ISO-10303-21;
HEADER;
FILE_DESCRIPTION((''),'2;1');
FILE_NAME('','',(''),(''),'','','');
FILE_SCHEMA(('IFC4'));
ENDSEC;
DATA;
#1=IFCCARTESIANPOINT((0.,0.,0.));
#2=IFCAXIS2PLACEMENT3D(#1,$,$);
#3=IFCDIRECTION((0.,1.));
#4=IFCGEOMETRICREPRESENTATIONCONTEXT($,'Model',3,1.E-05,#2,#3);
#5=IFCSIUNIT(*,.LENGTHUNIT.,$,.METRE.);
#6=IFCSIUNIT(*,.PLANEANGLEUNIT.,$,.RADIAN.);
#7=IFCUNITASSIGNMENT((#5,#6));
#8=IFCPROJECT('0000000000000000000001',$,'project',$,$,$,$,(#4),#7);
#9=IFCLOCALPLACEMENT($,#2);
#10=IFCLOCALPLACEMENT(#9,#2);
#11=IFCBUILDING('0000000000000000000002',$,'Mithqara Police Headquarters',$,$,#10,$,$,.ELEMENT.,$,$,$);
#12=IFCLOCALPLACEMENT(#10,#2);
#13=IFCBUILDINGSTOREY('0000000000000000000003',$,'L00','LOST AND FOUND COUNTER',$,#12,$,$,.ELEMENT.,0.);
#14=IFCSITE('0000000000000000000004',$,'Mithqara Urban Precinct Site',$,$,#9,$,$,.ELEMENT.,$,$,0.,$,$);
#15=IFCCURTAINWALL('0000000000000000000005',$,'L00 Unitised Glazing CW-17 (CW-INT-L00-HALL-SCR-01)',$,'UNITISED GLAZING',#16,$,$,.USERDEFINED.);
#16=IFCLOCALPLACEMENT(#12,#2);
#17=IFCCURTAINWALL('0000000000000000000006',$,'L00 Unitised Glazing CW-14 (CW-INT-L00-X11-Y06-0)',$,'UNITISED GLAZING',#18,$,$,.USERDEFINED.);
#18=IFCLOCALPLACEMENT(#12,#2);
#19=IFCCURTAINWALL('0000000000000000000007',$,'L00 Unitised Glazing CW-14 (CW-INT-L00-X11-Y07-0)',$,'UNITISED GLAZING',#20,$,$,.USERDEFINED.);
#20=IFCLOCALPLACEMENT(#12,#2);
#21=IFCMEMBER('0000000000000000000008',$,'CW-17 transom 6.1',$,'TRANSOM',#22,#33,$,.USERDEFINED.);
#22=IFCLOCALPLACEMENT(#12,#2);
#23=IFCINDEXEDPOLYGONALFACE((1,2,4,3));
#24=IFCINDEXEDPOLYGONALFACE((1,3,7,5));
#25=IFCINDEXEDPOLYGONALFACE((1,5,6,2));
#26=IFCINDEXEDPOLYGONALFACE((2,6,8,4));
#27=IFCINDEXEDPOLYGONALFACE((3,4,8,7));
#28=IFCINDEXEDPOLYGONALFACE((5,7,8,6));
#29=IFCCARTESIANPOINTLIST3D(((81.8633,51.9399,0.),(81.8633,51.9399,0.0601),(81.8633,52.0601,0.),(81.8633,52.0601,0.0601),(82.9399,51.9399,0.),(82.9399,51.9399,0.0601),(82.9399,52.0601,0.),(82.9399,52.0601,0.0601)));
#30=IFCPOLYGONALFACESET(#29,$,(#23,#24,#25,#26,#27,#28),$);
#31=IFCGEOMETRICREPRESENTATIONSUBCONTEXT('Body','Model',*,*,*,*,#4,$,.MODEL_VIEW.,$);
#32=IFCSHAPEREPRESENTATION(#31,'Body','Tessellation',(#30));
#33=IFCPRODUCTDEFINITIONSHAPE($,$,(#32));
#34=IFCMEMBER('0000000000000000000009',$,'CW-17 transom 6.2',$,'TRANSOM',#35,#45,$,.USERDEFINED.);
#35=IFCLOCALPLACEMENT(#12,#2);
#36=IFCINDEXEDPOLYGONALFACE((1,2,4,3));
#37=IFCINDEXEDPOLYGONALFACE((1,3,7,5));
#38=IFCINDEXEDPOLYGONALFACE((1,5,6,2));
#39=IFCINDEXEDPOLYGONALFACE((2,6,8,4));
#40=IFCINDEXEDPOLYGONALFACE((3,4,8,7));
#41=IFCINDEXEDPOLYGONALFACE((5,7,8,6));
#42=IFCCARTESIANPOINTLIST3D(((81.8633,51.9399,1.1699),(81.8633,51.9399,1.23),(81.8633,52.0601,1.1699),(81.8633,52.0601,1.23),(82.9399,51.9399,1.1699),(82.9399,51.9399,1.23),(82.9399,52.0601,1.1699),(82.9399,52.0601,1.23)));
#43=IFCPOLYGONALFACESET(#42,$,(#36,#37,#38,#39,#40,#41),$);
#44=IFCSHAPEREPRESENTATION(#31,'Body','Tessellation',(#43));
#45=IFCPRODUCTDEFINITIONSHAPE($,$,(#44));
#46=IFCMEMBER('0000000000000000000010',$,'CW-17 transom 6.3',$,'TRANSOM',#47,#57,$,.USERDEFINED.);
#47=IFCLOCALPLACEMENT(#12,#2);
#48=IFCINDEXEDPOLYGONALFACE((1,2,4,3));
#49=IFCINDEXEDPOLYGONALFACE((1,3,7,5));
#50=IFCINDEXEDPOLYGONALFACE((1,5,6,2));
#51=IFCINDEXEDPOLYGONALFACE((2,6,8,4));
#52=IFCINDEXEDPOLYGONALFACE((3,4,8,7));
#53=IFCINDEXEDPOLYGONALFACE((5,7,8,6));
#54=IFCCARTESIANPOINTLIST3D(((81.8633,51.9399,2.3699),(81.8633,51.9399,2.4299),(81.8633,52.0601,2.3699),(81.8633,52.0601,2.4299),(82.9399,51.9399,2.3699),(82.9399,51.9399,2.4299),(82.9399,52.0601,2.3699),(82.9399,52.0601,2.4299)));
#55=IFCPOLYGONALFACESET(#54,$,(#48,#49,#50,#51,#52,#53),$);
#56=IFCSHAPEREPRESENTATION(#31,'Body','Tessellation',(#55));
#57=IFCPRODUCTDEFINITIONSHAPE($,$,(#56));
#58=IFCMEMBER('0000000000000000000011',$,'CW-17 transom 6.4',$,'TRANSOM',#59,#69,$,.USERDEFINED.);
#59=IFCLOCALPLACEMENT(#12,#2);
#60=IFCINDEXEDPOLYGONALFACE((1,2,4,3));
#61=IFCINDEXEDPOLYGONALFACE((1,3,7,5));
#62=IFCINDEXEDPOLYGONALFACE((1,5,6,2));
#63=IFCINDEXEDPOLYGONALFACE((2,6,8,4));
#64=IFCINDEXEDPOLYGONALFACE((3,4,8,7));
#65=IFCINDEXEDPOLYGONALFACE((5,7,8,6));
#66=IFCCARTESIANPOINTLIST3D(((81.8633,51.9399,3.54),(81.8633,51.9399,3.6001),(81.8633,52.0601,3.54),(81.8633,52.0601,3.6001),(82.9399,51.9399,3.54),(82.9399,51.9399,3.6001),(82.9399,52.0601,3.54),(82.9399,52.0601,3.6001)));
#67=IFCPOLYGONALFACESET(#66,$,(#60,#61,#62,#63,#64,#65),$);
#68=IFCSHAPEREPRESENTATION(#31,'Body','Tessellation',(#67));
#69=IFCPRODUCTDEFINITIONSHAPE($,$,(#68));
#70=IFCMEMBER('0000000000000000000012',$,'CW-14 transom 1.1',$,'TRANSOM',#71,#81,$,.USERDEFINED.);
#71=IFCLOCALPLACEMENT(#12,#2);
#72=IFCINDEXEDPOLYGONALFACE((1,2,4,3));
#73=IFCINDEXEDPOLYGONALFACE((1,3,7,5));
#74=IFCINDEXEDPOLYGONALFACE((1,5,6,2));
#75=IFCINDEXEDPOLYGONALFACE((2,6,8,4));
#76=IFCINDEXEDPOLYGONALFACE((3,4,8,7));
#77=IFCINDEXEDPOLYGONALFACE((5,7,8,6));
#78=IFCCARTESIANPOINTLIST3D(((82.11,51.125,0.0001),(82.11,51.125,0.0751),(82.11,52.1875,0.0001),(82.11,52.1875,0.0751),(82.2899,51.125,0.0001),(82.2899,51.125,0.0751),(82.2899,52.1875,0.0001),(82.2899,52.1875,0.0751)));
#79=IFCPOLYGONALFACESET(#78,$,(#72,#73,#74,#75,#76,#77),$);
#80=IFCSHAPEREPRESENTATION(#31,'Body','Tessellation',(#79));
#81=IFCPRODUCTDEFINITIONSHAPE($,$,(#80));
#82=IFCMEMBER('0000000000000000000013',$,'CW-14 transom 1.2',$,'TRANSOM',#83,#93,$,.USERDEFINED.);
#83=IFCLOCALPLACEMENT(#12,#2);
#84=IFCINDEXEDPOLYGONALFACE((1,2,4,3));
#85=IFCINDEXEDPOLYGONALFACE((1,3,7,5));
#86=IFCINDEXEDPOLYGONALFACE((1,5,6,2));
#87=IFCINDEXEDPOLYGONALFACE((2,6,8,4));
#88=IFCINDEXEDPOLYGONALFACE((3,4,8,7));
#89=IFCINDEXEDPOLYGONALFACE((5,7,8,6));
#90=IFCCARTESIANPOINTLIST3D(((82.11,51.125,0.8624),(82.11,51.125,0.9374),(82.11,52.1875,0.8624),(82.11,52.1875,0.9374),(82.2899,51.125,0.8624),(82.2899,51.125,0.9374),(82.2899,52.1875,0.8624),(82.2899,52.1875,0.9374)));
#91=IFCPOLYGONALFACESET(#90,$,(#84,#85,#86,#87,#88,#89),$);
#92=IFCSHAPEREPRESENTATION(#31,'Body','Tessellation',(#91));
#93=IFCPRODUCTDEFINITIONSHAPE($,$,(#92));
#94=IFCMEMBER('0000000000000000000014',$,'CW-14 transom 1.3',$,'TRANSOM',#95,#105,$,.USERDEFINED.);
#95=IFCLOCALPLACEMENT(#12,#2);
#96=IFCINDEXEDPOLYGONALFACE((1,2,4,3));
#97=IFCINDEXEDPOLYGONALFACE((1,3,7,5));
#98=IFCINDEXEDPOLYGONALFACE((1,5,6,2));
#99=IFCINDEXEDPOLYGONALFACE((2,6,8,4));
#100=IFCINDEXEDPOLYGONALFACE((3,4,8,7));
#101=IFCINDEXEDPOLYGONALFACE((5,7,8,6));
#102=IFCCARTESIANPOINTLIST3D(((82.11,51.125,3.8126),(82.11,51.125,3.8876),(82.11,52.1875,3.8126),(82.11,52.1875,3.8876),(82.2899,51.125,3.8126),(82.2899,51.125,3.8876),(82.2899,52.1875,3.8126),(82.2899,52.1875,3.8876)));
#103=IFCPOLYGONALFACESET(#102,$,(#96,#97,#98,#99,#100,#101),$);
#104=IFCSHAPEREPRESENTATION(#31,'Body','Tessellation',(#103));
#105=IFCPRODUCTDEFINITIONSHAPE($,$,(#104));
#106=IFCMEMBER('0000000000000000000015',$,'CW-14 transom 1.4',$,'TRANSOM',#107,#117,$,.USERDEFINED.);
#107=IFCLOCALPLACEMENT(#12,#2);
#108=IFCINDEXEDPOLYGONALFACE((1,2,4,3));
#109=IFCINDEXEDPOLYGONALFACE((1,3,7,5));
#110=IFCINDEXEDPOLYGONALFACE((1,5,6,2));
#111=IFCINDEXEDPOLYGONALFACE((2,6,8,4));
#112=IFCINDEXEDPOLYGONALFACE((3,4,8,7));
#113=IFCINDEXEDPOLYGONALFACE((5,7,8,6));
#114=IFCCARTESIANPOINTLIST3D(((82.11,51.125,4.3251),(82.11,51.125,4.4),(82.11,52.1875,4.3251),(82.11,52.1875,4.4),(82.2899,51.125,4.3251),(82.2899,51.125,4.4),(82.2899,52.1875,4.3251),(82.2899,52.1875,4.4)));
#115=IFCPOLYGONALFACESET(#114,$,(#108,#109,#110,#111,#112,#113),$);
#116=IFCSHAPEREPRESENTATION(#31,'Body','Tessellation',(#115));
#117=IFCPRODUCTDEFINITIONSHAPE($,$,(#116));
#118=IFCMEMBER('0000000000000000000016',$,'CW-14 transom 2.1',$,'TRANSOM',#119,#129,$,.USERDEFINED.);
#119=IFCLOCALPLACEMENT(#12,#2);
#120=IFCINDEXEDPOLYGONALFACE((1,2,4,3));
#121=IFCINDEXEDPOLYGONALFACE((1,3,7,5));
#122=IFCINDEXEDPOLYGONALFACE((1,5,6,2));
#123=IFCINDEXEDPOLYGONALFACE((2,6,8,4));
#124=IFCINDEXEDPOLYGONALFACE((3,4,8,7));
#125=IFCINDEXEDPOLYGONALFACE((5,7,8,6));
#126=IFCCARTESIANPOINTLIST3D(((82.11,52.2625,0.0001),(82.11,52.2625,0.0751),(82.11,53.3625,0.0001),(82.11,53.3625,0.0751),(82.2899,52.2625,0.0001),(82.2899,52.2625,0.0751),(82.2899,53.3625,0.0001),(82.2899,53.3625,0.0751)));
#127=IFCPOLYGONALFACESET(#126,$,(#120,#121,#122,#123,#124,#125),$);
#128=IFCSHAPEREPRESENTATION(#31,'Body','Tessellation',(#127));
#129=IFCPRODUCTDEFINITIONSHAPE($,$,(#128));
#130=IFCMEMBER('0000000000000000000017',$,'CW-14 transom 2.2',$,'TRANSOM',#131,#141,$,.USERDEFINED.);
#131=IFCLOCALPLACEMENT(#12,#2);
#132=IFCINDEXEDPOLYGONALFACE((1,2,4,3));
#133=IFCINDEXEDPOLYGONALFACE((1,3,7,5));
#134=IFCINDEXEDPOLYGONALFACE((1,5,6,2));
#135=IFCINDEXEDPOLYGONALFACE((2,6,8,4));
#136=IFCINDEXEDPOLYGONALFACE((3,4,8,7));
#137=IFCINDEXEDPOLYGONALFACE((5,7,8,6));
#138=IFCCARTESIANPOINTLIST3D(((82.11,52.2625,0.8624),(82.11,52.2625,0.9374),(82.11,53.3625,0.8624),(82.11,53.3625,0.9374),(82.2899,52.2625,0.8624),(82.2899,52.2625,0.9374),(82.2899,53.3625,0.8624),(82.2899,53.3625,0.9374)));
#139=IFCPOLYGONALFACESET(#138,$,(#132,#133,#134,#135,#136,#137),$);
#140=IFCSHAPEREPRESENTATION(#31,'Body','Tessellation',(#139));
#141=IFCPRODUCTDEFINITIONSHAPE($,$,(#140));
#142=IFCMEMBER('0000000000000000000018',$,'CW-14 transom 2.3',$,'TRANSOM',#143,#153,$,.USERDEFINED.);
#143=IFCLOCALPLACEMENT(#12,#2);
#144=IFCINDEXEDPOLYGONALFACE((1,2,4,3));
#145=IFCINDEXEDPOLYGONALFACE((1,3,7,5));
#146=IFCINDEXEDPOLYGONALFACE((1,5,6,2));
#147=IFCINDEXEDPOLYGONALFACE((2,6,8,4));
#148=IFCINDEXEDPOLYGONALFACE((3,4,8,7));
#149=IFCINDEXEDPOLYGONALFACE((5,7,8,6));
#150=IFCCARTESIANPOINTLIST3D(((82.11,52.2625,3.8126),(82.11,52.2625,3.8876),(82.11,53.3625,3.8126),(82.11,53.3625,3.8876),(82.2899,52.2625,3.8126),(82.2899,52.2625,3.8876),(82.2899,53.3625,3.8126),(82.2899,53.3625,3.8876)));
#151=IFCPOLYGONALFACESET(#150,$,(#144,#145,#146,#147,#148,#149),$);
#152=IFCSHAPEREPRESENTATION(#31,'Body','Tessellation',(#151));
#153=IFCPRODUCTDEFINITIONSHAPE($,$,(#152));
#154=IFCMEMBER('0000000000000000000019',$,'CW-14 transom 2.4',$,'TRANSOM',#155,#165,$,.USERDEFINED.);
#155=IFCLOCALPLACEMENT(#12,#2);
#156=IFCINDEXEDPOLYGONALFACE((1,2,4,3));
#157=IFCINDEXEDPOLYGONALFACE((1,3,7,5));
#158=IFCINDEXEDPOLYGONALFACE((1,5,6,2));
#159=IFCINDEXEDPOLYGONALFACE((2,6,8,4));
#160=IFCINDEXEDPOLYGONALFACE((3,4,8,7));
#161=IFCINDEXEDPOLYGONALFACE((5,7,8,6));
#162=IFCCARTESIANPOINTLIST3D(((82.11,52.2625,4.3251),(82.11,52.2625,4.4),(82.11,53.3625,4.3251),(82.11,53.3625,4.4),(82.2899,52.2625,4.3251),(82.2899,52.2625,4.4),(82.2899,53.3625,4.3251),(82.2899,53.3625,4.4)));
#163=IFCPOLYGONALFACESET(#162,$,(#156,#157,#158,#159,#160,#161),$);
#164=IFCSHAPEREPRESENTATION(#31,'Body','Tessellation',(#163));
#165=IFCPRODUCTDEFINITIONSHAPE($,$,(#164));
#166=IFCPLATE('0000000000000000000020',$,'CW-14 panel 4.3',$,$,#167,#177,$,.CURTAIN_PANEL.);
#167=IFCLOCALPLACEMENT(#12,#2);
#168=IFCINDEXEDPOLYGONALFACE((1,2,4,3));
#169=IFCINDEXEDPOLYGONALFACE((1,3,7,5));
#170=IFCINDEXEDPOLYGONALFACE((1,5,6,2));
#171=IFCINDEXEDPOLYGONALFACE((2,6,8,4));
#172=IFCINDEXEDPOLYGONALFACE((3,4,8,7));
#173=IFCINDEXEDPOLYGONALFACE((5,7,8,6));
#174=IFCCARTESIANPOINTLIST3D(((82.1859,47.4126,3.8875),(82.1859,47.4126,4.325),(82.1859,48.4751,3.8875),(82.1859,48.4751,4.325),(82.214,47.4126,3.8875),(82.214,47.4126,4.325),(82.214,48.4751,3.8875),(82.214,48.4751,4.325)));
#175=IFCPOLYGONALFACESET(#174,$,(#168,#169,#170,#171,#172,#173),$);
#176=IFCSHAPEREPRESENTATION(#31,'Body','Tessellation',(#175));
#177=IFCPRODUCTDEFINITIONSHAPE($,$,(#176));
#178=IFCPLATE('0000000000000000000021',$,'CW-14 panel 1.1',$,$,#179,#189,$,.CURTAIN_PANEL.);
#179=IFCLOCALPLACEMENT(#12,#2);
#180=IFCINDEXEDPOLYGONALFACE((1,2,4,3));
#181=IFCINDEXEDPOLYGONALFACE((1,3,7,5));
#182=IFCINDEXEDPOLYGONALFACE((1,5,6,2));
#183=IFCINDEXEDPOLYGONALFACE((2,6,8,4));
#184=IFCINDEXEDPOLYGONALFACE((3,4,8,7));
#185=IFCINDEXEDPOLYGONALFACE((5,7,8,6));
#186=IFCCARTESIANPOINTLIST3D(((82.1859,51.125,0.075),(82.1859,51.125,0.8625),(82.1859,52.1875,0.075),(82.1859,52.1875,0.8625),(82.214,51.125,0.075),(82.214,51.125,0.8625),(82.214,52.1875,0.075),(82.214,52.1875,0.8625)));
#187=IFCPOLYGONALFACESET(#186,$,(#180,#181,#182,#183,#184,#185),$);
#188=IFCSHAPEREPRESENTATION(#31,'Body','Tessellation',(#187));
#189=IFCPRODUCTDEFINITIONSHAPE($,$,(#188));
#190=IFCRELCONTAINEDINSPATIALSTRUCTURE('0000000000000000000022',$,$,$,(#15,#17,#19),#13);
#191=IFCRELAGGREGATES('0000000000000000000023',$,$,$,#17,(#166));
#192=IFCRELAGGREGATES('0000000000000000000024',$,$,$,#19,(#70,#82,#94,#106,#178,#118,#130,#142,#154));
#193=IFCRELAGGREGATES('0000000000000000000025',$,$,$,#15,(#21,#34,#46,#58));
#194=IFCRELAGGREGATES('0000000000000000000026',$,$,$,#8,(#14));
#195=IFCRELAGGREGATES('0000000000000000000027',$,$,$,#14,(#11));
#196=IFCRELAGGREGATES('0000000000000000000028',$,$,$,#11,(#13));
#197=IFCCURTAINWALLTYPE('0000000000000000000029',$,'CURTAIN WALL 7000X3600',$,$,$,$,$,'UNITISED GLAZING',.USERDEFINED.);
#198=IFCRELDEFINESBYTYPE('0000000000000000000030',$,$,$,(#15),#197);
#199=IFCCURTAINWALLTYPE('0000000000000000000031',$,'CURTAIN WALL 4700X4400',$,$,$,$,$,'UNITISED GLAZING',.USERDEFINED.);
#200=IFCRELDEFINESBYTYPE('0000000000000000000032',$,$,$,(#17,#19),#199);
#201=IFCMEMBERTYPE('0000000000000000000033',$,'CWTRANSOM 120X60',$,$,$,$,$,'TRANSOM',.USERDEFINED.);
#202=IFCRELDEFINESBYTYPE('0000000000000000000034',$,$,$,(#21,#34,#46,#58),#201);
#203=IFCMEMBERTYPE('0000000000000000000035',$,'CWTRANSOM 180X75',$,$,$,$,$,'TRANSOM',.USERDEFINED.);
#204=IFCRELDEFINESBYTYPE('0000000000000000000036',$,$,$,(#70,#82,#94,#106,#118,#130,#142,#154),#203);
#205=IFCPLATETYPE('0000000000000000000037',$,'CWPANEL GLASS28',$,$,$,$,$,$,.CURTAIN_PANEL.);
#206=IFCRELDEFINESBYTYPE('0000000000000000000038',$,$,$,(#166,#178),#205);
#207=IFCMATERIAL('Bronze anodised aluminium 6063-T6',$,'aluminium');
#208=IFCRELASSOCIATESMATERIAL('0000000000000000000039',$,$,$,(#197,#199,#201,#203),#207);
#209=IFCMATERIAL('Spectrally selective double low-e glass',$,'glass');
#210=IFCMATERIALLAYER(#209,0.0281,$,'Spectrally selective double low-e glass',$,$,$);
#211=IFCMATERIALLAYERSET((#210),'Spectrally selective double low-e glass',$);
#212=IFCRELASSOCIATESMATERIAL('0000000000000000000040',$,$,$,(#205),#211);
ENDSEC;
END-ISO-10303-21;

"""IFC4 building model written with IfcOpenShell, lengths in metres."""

from ifc_helpers import new_model, si_unit, direction, frame, origin, origin_2d, place, context, subcontext, project, spatial, rectangle, extrude, material, layer, layer_set, material_profile, profile_set, type_object, element, aggregate, save


model = new_model("IFC4")

# Units and contexts
model_context = context("Model", 3, precision=1e-05, world=origin(), true_north=direction((0.0, 1.0)))
body_context = subcontext(model_context, "Body", "Model", "MODEL_VIEW")
ifc_project = project(units=[si_unit("LENGTHUNIT", "METRE"), si_unit("PLANEANGLEUNIT", "RADIAN")], contexts=[model_context])

# Site, building, storey
site_placement = place(None, origin())
site = spatial("IfcSite", under=ifc_project, at=site_placement, Name="Mithqara Urban Precinct Site", CompositionType="ELEMENT", RefElevation=0.0)
building_placement = place(site_placement, origin())
building = spatial("IfcBuilding", under=site, at=building_placement, Name="Mithqara Police Headquarters", CompositionType="ELEMENT")
storey_placement = place(building_placement, origin())
storey = spatial("IfcBuildingStorey", under=building, at=storey_placement, Name="L00", Description="LOST AND FOUND COUNTER", CompositionType="ELEMENT", Elevation=0.0)

# Curtain wall
ifc_material_1 = material(Name="Bronze anodised aluminium 6063-T6", Category="aluminium")
curtain_wall_type_1 = type_object("IfcCurtainWallType", Name="CURTAIN WALL 7000X3600", ElementType="UNITISED GLAZING", PredefinedType="USERDEFINED", material=ifc_material_1)
curtain_wall_1_placement = place(storey_placement, origin())
curtain_wall_1 = element("IfcCurtainWall", 1, at=curtain_wall_1_placement, inside=storey, type_object=curtain_wall_type_1, Name="L00 Unitised Glazing CW-17 (CW-INT-L00-HALL-SCR-01)", ObjectType="UNITISED GLAZING", PredefinedType="USERDEFINED")

# Curtain wall
curtain_wall_type_2 = type_object("IfcCurtainWallType", Name="CURTAIN WALL 4700X4400", ElementType="UNITISED GLAZING", PredefinedType="USERDEFINED", material=ifc_material_1)
curtain_wall_2_placement = place(storey_placement, origin())
curtain_wall_2 = element("IfcCurtainWall", 2, at=curtain_wall_2_placement, inside=storey, type_object=curtain_wall_type_2, Name="L00 Unitised Glazing CW-14 (CW-INT-L00-X11-Y06-0)", ObjectType="UNITISED GLAZING", PredefinedType="USERDEFINED")

# Curtain wall
curtain_wall_3_placement = place(storey_placement, origin())
curtain_wall_3 = element("IfcCurtainWall", 3, at=curtain_wall_3_placement, inside=storey, type_object=curtain_wall_type_2, Name="L00 Unitised Glazing CW-14 (CW-INT-L00-X11-Y07-0)", ObjectType="UNITISED GLAZING", PredefinedType="USERDEFINED")

# Members
ifc_material_profile_1 = material_profile(ifc_material_1, rectangle(XDim=0.1201, YDim=0.0601, at=origin_2d()), Name="CWT 120x60")
ifc_profile_set_1 = profile_set([ifc_material_profile_1], Name="Bronze anodised aluminium 6063-T6")
member_type_1 = type_object("IfcMemberType", Name="CWTRANSOM 120X60", ElementType="TRANSOM", PredefinedType="USERDEFINED", material=ifc_profile_set_1)
member_1_placement = place(storey_placement, frame((81.8633, 52.0, 0.03), z_axis=(1.0, 0.0, 0.0), x_axis=(0.0, 1.0, 0.0)))
member_1 = element("IfcMember", 4, at=member_1_placement, type_object=member_type_1, Name="CW-17 transom 6.1", ObjectType="TRANSOM", PredefinedType="USERDEFINED", context=body_context, shape_type="SweptSolid", body=[
    extrude(rectangle(XDim=0.1201, YDim=0.0601, at=origin_2d()), origin(), (0.0, 0.0, 1.0), 1.0767),
])
member_2_placement = place(storey_placement, frame((81.8633, 52.0, 1.2), z_axis=(1.0, 0.0, 0.0), x_axis=(0.0, 1.0, 0.0)))
member_2 = element("IfcMember", 5, at=member_2_placement, type_object=member_type_1, Name="CW-17 transom 6.2", ObjectType="TRANSOM", PredefinedType="USERDEFINED", context=body_context, shape_type="SweptSolid", body=[
    extrude(rectangle(XDim=0.1201, YDim=0.0601, at=origin_2d()), origin(), (0.0, 0.0, 1.0), 1.0767),
])
member_3_placement = place(storey_placement, frame((81.8633, 52.0, 2.3999), z_axis=(1.0, 0.0, 0.0), x_axis=(0.0, 1.0, 0.0)))
member_3 = element("IfcMember", 6, at=member_3_placement, type_object=member_type_1, Name="CW-17 transom 6.3", ObjectType="TRANSOM", PredefinedType="USERDEFINED", context=body_context, shape_type="SweptSolid", body=[
    extrude(rectangle(XDim=0.1201, YDim=0.0601, at=origin_2d()), origin(), (0.0, 0.0, 1.0), 1.0767),
])
member_4_placement = place(storey_placement, frame((81.8633, 52.0, 3.5701), z_axis=(1.0, 0.0, 0.0), x_axis=(0.0, 1.0, 0.0)))
member_4 = element("IfcMember", 7, at=member_4_placement, type_object=member_type_1, Name="CW-17 transom 6.4", ObjectType="TRANSOM", PredefinedType="USERDEFINED", context=body_context, shape_type="SweptSolid", body=[
    extrude(rectangle(XDim=0.1201, YDim=0.0601, at=origin_2d()), origin(), (0.0, 0.0, 1.0), 1.0767),
])
ifc_material_profile_2 = material_profile(ifc_material_1, rectangle(XDim=0.1799, YDim=0.075, at=origin_2d()), Name="CWT 180x75")
ifc_profile_set_2 = profile_set([ifc_material_profile_2], Name="Bronze anodised aluminium 6063-T6")
member_type_2 = type_object("IfcMemberType", Name="CWTRANSOM 180X75", ElementType="TRANSOM", PredefinedType="USERDEFINED", material=ifc_profile_set_2)
member_5_placement = place(storey_placement, frame((82.2, 51.125, 0.0376), z_axis=(0.0, 1.0, 0.0), x_axis=(-1.0, 0.0, 0.0)))
member_5 = element("IfcMember", 8, at=member_5_placement, type_object=member_type_2, Name="CW-14 transom 1.1", ObjectType="TRANSOM", PredefinedType="USERDEFINED", context=body_context, shape_type="SweptSolid", body=[
    extrude(rectangle(XDim=0.1799, YDim=0.075, at=origin_2d()), origin(), (0.0, 0.0, 1.0), 1.0625),
])
member_6_placement = place(storey_placement, frame((82.2, 51.125, 0.8999), z_axis=(0.0, 1.0, 0.0), x_axis=(-1.0, 0.0, 0.0)))
member_6 = element("IfcMember", 9, at=member_6_placement, type_object=member_type_2, Name="CW-14 transom 1.2", ObjectType="TRANSOM", PredefinedType="USERDEFINED", context=body_context, shape_type="SweptSolid", body=[
    extrude(rectangle(XDim=0.1799, YDim=0.075, at=origin_2d()), origin(), (0.0, 0.0, 1.0), 1.0625),
])
member_7_placement = place(storey_placement, frame((82.2, 51.125, 3.8501), z_axis=(0.0, 1.0, 0.0), x_axis=(-1.0, 0.0, 0.0)))
member_7 = element("IfcMember", 10, at=member_7_placement, type_object=member_type_2, Name="CW-14 transom 1.3", ObjectType="TRANSOM", PredefinedType="USERDEFINED", context=body_context, shape_type="SweptSolid", body=[
    extrude(rectangle(XDim=0.1799, YDim=0.075, at=origin_2d()), origin(), (0.0, 0.0, 1.0), 1.0625),
])
member_8_placement = place(storey_placement, frame((82.2, 51.125, 4.3625), z_axis=(0.0, 1.0, 0.0), x_axis=(-1.0, 0.0, 0.0)))
member_8 = element("IfcMember", 11, at=member_8_placement, type_object=member_type_2, Name="CW-14 transom 1.4", ObjectType="TRANSOM", PredefinedType="USERDEFINED", context=body_context, shape_type="SweptSolid", body=[
    extrude(rectangle(XDim=0.1799, YDim=0.075, at=origin_2d()), origin(), (0.0, 0.0, 1.0), 1.0625),
])
member_9_placement = place(storey_placement, frame((82.2, 52.2625, 0.0376), z_axis=(0.0, 1.0, 0.0), x_axis=(-1.0, 0.0, 0.0)))
member_9 = element("IfcMember", 12, at=member_9_placement, type_object=member_type_2, Name="CW-14 transom 2.1", ObjectType="TRANSOM", PredefinedType="USERDEFINED", context=body_context, shape_type="SweptSolid", body=[
    extrude(rectangle(XDim=0.1799, YDim=0.075, at=origin_2d()), origin(), (0.0, 0.0, 1.0), 1.1001),
])
member_10_placement = place(storey_placement, frame((82.2, 52.2625, 0.8999), z_axis=(0.0, 1.0, 0.0), x_axis=(-1.0, 0.0, 0.0)))
member_10 = element("IfcMember", 13, at=member_10_placement, type_object=member_type_2, Name="CW-14 transom 2.2", ObjectType="TRANSOM", PredefinedType="USERDEFINED", context=body_context, shape_type="SweptSolid", body=[
    extrude(rectangle(XDim=0.1799, YDim=0.075, at=origin_2d()), origin(), (0.0, 0.0, 1.0), 1.1001),
])
member_11_placement = place(storey_placement, frame((82.2, 52.2625, 3.8501), z_axis=(0.0, 1.0, 0.0), x_axis=(-1.0, 0.0, 0.0)))
member_11 = element("IfcMember", 14, at=member_11_placement, type_object=member_type_2, Name="CW-14 transom 2.3", ObjectType="TRANSOM", PredefinedType="USERDEFINED", context=body_context, shape_type="SweptSolid", body=[
    extrude(rectangle(XDim=0.1799, YDim=0.075, at=origin_2d()), origin(), (0.0, 0.0, 1.0), 1.1001),
])
member_12_placement = place(storey_placement, frame((82.2, 52.2625, 4.3625), z_axis=(0.0, 1.0, 0.0), x_axis=(-1.0, 0.0, 0.0)))
member_12 = element("IfcMember", 15, at=member_12_placement, type_object=member_type_2, Name="CW-14 transom 2.4", ObjectType="TRANSOM", PredefinedType="USERDEFINED", context=body_context, shape_type="SweptSolid", body=[
    extrude(rectangle(XDim=0.1799, YDim=0.075, at=origin_2d()), origin(), (0.0, 0.0, 1.0), 1.1001),
])

# Plates
ifc_material_2 = material(Name="Spectrally selective double low-e glass", Category="glass")
ifc_layer = layer(ifc_material_2, 0.0281, Name="Spectrally selective double low-e glass")
ifc_layer_set = layer_set([ifc_layer], Name="Spectrally selective double low-e glass")
plate_type = type_object("IfcPlateType", Name="CWPANEL GLASS28", PredefinedType="CURTAIN_PANEL", material=ifc_layer_set)
plate_1_placement = place(storey_placement, frame((82.2, 47.9438, 3.8875), z_axis=(0.0, 0.0, 1.0), x_axis=(0.0, 1.0, 0.0)))
plate_1 = element("IfcPlate", 16, at=plate_1_placement, type_object=plate_type, Name="CW-14 panel 4.3", PredefinedType="CURTAIN_PANEL", context=body_context, shape_type="SweptSolid", body=[
    extrude(rectangle(XDim=1.0625, YDim=0.0281, at=origin_2d()), origin(), (0.0, 0.0, 1.0), 0.4375),
])
aggregate(curtain_wall_2, [plate_1])
plate_2_placement = place(storey_placement, frame((82.2, 51.6562, 0.075), z_axis=(0.0, 0.0, 1.0), x_axis=(0.0, 1.0, 0.0)))
plate_2 = element("IfcPlate", 17, at=plate_2_placement, type_object=plate_type, Name="CW-14 panel 1.1", PredefinedType="CURTAIN_PANEL", context=body_context, shape_type="SweptSolid", body=[
    extrude(rectangle(XDim=1.0625, YDim=0.0281, at=origin_2d()), origin(), (0.0, 0.0, 1.0), 0.7876),
])
aggregate(curtain_wall_3, [member_5, member_6, member_7, member_8, plate_2, member_9, member_10, member_11, member_12])
aggregate(curtain_wall_1, [member_1, member_2, member_3, member_4])

save(model, "model.ifc")
